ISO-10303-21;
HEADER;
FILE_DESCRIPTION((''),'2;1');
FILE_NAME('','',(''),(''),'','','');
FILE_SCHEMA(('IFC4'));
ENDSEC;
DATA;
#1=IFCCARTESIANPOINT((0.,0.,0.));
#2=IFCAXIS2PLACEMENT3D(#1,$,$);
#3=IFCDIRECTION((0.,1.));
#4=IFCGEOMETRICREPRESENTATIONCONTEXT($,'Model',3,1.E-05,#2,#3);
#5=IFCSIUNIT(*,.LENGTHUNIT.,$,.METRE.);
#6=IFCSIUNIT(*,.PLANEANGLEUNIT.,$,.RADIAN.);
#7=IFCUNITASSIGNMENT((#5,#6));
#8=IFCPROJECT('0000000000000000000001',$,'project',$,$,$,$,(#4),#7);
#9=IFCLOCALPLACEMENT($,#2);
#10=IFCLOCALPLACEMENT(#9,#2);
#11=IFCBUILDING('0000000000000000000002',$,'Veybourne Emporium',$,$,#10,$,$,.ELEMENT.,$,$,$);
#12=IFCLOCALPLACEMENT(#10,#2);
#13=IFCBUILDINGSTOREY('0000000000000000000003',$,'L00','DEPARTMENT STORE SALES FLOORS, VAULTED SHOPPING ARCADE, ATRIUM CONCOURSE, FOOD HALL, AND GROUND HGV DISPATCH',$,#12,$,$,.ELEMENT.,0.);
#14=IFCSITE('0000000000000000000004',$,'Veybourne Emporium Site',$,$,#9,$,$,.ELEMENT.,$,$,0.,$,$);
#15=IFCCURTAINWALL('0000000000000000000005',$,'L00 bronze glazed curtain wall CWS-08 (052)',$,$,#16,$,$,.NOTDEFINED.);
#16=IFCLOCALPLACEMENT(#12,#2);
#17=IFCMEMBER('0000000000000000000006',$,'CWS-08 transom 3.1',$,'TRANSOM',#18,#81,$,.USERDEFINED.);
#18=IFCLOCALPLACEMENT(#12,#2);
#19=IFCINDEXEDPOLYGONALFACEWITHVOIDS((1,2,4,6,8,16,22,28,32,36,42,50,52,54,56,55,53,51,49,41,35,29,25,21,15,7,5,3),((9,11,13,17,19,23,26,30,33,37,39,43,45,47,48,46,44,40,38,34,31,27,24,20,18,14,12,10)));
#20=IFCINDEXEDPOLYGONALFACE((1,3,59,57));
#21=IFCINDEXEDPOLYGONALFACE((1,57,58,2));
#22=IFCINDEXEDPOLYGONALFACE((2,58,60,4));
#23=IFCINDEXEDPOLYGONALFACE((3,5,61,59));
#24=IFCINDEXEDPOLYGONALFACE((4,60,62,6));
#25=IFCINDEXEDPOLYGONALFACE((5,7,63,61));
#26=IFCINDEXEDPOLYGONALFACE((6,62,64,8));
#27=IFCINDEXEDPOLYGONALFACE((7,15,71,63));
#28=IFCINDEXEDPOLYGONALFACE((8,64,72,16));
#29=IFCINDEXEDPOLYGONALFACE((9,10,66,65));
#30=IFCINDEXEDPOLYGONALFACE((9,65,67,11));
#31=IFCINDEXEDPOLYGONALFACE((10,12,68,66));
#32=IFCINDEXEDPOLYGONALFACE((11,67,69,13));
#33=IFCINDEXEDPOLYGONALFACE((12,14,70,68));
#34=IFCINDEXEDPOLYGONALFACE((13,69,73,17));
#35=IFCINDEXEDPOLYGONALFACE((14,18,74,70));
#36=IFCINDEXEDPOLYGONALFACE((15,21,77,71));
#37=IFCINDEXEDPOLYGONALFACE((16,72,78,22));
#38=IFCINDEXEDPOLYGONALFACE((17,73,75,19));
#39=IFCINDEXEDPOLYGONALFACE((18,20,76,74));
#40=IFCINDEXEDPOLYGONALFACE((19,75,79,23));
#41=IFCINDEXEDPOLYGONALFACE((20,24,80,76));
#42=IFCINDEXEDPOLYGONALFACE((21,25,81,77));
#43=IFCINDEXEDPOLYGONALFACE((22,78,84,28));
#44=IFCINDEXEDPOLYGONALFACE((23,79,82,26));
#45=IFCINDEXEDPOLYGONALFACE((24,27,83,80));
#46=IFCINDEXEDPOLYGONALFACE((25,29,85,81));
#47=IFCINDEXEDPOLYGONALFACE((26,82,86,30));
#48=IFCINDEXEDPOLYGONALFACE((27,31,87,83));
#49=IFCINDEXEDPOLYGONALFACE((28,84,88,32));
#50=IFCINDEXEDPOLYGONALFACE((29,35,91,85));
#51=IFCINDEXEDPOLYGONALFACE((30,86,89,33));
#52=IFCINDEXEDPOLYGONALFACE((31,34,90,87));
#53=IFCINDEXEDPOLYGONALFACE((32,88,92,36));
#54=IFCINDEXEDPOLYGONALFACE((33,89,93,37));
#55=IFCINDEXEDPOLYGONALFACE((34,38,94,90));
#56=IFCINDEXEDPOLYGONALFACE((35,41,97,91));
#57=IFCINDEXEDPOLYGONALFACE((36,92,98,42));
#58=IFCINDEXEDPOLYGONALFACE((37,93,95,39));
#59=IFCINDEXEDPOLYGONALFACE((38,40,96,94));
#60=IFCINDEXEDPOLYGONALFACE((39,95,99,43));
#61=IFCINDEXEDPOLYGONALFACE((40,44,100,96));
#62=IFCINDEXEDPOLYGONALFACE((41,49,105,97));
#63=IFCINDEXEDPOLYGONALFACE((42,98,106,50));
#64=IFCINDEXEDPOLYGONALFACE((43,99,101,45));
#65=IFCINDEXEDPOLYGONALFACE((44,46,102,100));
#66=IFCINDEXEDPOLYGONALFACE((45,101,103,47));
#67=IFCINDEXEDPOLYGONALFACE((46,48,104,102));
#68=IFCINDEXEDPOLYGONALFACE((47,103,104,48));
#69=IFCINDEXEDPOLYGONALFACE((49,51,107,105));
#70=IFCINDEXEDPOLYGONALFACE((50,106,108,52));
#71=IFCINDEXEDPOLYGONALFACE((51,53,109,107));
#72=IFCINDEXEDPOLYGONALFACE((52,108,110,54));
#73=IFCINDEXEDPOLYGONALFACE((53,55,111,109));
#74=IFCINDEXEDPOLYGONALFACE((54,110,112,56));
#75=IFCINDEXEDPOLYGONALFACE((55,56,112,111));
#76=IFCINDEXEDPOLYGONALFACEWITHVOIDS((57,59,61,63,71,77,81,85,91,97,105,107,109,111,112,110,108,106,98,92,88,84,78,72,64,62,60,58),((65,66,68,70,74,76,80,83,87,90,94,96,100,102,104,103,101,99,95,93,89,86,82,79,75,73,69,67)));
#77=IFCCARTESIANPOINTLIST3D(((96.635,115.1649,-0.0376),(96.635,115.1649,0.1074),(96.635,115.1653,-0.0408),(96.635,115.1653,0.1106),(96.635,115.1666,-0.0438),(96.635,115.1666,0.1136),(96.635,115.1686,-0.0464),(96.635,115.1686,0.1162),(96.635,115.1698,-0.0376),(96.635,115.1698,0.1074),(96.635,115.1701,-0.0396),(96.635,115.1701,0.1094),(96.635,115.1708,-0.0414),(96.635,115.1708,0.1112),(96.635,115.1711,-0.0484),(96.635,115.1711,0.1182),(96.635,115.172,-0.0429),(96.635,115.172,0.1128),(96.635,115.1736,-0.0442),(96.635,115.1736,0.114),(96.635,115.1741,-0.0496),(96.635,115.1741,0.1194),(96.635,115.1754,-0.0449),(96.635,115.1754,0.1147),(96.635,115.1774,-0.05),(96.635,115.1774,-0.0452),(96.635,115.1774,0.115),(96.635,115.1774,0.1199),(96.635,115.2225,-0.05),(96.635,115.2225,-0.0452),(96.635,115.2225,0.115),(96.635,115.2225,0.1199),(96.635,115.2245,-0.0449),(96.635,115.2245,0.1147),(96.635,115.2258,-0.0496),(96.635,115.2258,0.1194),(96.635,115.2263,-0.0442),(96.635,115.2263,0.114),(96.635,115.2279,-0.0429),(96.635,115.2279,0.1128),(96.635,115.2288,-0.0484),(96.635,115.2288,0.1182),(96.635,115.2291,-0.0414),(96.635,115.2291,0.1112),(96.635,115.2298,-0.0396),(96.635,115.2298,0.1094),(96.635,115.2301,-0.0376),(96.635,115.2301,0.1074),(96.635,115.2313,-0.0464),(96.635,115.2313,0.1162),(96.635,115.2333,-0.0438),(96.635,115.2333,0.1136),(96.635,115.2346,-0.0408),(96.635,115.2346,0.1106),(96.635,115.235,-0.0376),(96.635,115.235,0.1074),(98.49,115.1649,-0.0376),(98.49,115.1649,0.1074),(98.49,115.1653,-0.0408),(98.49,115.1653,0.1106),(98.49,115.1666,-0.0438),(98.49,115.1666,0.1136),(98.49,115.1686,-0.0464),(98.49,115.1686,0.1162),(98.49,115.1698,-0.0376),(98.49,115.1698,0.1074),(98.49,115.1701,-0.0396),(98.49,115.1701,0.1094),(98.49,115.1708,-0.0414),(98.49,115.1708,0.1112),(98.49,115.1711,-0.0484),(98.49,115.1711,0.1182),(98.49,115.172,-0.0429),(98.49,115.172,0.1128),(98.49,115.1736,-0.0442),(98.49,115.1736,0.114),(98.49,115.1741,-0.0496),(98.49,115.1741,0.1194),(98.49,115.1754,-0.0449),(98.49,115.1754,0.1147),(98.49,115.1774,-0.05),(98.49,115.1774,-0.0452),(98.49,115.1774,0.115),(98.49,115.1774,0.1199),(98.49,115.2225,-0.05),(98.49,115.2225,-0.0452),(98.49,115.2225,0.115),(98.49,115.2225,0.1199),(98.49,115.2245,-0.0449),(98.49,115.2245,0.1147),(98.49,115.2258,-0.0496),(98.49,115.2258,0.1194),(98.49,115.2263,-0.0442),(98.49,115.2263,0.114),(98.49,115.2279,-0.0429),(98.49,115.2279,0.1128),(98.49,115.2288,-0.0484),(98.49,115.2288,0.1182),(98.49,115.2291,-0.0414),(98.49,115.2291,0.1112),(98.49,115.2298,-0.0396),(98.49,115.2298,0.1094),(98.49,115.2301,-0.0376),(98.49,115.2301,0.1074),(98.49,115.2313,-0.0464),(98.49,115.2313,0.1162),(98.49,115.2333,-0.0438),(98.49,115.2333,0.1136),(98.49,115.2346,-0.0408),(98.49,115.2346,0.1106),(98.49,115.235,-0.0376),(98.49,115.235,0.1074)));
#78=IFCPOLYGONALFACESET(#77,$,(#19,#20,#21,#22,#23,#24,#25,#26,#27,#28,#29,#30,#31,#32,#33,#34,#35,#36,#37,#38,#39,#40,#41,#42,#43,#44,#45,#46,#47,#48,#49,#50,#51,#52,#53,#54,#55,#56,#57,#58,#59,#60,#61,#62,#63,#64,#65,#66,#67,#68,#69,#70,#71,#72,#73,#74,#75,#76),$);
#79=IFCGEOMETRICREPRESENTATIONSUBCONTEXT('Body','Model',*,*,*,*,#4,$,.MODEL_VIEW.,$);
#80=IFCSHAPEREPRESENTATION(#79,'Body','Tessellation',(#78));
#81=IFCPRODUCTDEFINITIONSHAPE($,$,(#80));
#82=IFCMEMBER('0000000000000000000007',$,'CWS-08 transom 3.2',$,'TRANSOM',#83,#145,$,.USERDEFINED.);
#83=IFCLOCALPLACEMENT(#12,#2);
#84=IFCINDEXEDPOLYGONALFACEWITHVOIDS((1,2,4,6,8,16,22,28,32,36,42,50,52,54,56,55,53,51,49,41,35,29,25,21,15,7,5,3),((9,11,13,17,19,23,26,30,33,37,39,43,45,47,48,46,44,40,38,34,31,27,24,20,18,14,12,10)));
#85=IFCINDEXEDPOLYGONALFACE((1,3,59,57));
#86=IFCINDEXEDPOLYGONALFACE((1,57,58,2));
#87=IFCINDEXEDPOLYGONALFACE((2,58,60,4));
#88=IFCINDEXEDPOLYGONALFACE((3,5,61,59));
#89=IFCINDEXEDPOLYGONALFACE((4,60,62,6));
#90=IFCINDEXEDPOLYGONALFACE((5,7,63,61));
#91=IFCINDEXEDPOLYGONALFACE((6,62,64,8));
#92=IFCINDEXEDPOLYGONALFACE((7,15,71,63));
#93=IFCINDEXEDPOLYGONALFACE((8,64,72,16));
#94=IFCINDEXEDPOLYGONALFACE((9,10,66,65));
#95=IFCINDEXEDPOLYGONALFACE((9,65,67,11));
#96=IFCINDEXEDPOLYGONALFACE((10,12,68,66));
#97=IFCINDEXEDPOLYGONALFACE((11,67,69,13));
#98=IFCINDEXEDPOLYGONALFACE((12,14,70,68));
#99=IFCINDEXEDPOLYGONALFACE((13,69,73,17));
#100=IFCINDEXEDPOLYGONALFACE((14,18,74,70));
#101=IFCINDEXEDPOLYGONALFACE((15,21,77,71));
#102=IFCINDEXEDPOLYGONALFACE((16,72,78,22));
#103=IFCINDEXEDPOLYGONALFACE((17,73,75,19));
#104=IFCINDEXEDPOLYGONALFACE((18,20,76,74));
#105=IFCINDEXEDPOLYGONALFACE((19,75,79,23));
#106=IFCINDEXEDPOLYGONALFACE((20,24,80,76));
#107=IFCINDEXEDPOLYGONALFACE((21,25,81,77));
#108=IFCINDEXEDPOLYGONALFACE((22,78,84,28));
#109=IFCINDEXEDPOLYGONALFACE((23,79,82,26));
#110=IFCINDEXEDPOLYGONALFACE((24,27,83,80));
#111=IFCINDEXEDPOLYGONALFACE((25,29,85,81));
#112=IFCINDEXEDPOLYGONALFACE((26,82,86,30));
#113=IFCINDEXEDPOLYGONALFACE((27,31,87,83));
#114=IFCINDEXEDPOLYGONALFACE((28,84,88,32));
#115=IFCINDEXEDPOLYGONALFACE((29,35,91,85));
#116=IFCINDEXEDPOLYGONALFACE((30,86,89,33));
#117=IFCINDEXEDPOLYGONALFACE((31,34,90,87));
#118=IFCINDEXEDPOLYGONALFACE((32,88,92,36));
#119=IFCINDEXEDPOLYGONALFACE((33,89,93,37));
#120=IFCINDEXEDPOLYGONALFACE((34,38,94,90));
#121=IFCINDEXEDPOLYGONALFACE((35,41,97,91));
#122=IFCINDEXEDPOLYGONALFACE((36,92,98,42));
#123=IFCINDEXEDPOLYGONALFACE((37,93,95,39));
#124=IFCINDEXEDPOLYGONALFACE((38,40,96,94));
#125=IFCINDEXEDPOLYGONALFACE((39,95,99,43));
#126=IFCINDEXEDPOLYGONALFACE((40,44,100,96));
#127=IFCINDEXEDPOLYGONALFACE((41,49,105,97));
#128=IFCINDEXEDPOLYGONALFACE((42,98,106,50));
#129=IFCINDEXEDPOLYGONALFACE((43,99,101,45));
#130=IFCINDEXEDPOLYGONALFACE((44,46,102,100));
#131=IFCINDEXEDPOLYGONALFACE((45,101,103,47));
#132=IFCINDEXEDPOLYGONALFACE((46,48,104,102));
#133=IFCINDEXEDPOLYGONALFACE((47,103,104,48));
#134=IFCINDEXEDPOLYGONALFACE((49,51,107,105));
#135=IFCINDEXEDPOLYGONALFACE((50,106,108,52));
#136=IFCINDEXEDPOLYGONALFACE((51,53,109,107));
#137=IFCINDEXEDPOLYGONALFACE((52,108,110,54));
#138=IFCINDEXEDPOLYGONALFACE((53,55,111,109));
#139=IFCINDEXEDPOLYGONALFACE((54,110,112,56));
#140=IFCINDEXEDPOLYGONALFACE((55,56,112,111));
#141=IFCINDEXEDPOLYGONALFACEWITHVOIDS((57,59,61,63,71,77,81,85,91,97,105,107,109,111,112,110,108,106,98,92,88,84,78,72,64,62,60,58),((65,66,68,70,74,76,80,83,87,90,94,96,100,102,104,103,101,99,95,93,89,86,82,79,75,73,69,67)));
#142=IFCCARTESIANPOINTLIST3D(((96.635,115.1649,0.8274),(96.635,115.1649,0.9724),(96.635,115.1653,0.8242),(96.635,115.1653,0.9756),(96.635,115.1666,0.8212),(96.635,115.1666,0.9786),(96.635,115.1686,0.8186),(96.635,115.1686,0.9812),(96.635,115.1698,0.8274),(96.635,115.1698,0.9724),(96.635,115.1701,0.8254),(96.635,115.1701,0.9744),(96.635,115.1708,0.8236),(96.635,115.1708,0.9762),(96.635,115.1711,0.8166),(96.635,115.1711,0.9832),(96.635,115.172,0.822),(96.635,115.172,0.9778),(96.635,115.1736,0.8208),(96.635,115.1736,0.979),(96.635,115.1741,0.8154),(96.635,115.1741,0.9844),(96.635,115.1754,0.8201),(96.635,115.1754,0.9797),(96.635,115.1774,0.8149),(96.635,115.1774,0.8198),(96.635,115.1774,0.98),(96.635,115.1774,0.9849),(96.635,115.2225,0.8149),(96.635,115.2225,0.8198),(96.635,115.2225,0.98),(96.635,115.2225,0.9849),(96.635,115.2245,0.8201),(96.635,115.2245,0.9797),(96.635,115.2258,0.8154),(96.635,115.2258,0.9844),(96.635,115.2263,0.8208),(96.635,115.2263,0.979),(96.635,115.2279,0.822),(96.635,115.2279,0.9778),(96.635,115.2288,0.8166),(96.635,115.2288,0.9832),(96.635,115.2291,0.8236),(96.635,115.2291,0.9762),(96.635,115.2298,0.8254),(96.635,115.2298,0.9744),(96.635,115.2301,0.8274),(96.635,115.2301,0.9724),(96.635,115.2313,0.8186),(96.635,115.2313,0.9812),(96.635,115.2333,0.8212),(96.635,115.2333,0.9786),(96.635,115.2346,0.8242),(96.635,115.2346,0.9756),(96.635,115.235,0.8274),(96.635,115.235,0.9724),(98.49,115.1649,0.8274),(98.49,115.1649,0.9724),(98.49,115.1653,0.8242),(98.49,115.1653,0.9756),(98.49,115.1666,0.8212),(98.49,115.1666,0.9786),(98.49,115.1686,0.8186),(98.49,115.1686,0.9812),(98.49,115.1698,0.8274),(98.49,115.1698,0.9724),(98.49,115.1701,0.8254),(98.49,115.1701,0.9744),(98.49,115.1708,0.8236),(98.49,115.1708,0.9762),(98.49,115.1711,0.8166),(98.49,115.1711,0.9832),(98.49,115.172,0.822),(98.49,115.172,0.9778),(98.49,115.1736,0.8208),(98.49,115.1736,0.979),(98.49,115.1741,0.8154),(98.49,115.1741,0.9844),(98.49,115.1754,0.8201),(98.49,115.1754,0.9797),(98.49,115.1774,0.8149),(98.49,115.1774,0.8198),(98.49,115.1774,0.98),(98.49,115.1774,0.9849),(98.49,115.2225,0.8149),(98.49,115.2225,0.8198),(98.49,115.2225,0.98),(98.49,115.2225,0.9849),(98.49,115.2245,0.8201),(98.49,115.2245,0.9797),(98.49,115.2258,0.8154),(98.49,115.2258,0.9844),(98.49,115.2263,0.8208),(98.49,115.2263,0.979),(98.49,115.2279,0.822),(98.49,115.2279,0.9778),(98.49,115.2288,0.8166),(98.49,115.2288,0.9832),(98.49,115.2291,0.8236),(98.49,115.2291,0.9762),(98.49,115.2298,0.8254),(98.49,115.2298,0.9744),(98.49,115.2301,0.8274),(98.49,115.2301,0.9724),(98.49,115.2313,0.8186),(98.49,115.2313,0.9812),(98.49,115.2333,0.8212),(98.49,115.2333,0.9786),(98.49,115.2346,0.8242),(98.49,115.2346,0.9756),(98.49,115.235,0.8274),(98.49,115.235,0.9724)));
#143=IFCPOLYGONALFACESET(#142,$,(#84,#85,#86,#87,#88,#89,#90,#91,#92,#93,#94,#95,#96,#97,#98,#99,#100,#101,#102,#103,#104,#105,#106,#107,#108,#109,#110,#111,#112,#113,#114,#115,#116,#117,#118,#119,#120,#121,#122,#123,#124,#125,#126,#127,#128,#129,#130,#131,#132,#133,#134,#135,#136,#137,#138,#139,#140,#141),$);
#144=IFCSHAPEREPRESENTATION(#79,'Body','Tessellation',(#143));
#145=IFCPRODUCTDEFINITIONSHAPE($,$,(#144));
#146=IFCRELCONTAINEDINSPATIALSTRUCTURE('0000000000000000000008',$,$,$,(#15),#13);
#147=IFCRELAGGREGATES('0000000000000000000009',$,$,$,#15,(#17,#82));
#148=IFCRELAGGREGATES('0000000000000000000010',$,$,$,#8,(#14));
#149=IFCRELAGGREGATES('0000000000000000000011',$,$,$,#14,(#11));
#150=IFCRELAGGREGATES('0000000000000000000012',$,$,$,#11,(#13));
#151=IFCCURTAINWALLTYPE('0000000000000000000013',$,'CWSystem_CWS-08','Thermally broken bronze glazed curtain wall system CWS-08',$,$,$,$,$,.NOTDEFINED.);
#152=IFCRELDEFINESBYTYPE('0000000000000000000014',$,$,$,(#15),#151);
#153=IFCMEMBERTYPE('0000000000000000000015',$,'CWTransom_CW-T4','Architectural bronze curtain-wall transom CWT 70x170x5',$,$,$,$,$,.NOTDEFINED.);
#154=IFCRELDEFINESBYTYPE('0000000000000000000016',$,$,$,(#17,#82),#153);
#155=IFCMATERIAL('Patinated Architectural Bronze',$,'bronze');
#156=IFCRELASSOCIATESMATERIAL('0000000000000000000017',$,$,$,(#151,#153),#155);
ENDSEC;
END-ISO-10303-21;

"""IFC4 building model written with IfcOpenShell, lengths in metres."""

from ifc_helpers import new_model, si_unit, direction, frame, origin, origin_2d, place, context, subcontext, project, spatial, hollow_rectangle, extrude, material, material_profile, profile_set, type_object, element, aggregate, save


model = new_model("IFC4")

# Units and contexts
model_context = context("Model", 3, precision=1e-05, world=origin(), true_north=direction((0.0, 1.0)))
body_context = subcontext(model_context, "Body", "Model", "MODEL_VIEW")
ifc_project = project(units=[si_unit("LENGTHUNIT", "METRE"), si_unit("PLANEANGLEUNIT", "RADIAN")], contexts=[model_context])

# Site, building, storey
site_placement = place(None, origin())
site = spatial("IfcSite", under=ifc_project, at=site_placement, Name="Veybourne Emporium Site", CompositionType="ELEMENT", RefElevation=0.0)
building_placement = place(site_placement, origin())
building = spatial("IfcBuilding", under=site, at=building_placement, Name="Veybourne Emporium", CompositionType="ELEMENT")
storey_placement = place(building_placement, origin())
storey = spatial("IfcBuildingStorey", under=building, at=storey_placement, Name="L00", Description="DEPARTMENT STORE SALES FLOORS, VAULTED SHOPPING ARCADE, ATRIUM CONCOURSE, FOOD HALL, AND GROUND HGV DISPATCH", CompositionType="ELEMENT", Elevation=0.0)

# Curtain wall, members
ifc_material_1 = material(Name="Patinated Architectural Bronze", Category="bronze")
curtain_wall_type = type_object("IfcCurtainWallType", Name="CWSystem_CWS-08", Description="Thermally broken bronze glazed curtain wall system CWS-08", PredefinedType="NOTDEFINED", material=ifc_material_1)
curtain_wall_placement = place(storey_placement, origin())
curtain_wall = element("IfcCurtainWall", 1, at=curtain_wall_placement, inside=storey, type_object=curtain_wall_type, Name="L00 bronze glazed curtain wall CWS-08 (052)", PredefinedType="NOTDEFINED")
ifc_material_profile_1 = material_profile(ifc_material_1, hollow_rectangle(XDim=0.0701, YDim=0.1699, WallThickness=0.0049, InnerFilletRadius=0.0076, OuterFilletRadius=0.0125, at=origin_2d()), Name="CWT 70x170x5")
ifc_profile_set_1 = profile_set([ifc_material_profile_1], Name="Patinated Architectural Bronze")
member_type_1 = type_object("IfcMemberType", Name="CWTransom_CW-T4", Description="Architectural bronze curtain-wall transom CWT 70x170x5", PredefinedType="NOTDEFINED", material=ifc_profile_set_1)
member_1_placement = place(storey_placement, frame((96.635, 115.2, 0.0349), z_axis=(1.0, 0.0, 0.0), x_axis=(0.0, 1.0, 0.0)))
member_1 = element("IfcMember", 2, at=member_1_placement, type_object=member_type_1, Name="CWS-08 transom 3.1", ObjectType="TRANSOM", PredefinedType="USERDEFINED", context=body_context, shape_type="SweptSolid", body=[
    extrude(hollow_rectangle(XDim=0.0701, YDim=0.1699, WallThickness=0.0049, InnerFilletRadius=0.0076, OuterFilletRadius=0.0125, at=origin_2d()), origin(), (0.0, 0.0, 1.0), 1.855),
])
member_2_placement = place(storey_placement, frame((96.635, 115.2, 0.8999), z_axis=(1.0, 0.0, 0.0), x_axis=(0.0, 1.0, 0.0)))
member_2 = element("IfcMember", 3, at=member_2_placement, type_object=member_type_1, Name="CWS-08 transom 3.2", ObjectType="TRANSOM", PredefinedType="USERDEFINED", context=body_context, shape_type="SweptSolid", body=[
    extrude(hollow_rectangle(XDim=0.0701, YDim=0.1699, WallThickness=0.0049, InnerFilletRadius=0.0076, OuterFilletRadius=0.0125, at=origin_2d()), origin(), (0.0, 0.0, 1.0), 1.855),
])

aggregate(curtain_wall, [member_1, member_2])

save(model, "model.ifc")
